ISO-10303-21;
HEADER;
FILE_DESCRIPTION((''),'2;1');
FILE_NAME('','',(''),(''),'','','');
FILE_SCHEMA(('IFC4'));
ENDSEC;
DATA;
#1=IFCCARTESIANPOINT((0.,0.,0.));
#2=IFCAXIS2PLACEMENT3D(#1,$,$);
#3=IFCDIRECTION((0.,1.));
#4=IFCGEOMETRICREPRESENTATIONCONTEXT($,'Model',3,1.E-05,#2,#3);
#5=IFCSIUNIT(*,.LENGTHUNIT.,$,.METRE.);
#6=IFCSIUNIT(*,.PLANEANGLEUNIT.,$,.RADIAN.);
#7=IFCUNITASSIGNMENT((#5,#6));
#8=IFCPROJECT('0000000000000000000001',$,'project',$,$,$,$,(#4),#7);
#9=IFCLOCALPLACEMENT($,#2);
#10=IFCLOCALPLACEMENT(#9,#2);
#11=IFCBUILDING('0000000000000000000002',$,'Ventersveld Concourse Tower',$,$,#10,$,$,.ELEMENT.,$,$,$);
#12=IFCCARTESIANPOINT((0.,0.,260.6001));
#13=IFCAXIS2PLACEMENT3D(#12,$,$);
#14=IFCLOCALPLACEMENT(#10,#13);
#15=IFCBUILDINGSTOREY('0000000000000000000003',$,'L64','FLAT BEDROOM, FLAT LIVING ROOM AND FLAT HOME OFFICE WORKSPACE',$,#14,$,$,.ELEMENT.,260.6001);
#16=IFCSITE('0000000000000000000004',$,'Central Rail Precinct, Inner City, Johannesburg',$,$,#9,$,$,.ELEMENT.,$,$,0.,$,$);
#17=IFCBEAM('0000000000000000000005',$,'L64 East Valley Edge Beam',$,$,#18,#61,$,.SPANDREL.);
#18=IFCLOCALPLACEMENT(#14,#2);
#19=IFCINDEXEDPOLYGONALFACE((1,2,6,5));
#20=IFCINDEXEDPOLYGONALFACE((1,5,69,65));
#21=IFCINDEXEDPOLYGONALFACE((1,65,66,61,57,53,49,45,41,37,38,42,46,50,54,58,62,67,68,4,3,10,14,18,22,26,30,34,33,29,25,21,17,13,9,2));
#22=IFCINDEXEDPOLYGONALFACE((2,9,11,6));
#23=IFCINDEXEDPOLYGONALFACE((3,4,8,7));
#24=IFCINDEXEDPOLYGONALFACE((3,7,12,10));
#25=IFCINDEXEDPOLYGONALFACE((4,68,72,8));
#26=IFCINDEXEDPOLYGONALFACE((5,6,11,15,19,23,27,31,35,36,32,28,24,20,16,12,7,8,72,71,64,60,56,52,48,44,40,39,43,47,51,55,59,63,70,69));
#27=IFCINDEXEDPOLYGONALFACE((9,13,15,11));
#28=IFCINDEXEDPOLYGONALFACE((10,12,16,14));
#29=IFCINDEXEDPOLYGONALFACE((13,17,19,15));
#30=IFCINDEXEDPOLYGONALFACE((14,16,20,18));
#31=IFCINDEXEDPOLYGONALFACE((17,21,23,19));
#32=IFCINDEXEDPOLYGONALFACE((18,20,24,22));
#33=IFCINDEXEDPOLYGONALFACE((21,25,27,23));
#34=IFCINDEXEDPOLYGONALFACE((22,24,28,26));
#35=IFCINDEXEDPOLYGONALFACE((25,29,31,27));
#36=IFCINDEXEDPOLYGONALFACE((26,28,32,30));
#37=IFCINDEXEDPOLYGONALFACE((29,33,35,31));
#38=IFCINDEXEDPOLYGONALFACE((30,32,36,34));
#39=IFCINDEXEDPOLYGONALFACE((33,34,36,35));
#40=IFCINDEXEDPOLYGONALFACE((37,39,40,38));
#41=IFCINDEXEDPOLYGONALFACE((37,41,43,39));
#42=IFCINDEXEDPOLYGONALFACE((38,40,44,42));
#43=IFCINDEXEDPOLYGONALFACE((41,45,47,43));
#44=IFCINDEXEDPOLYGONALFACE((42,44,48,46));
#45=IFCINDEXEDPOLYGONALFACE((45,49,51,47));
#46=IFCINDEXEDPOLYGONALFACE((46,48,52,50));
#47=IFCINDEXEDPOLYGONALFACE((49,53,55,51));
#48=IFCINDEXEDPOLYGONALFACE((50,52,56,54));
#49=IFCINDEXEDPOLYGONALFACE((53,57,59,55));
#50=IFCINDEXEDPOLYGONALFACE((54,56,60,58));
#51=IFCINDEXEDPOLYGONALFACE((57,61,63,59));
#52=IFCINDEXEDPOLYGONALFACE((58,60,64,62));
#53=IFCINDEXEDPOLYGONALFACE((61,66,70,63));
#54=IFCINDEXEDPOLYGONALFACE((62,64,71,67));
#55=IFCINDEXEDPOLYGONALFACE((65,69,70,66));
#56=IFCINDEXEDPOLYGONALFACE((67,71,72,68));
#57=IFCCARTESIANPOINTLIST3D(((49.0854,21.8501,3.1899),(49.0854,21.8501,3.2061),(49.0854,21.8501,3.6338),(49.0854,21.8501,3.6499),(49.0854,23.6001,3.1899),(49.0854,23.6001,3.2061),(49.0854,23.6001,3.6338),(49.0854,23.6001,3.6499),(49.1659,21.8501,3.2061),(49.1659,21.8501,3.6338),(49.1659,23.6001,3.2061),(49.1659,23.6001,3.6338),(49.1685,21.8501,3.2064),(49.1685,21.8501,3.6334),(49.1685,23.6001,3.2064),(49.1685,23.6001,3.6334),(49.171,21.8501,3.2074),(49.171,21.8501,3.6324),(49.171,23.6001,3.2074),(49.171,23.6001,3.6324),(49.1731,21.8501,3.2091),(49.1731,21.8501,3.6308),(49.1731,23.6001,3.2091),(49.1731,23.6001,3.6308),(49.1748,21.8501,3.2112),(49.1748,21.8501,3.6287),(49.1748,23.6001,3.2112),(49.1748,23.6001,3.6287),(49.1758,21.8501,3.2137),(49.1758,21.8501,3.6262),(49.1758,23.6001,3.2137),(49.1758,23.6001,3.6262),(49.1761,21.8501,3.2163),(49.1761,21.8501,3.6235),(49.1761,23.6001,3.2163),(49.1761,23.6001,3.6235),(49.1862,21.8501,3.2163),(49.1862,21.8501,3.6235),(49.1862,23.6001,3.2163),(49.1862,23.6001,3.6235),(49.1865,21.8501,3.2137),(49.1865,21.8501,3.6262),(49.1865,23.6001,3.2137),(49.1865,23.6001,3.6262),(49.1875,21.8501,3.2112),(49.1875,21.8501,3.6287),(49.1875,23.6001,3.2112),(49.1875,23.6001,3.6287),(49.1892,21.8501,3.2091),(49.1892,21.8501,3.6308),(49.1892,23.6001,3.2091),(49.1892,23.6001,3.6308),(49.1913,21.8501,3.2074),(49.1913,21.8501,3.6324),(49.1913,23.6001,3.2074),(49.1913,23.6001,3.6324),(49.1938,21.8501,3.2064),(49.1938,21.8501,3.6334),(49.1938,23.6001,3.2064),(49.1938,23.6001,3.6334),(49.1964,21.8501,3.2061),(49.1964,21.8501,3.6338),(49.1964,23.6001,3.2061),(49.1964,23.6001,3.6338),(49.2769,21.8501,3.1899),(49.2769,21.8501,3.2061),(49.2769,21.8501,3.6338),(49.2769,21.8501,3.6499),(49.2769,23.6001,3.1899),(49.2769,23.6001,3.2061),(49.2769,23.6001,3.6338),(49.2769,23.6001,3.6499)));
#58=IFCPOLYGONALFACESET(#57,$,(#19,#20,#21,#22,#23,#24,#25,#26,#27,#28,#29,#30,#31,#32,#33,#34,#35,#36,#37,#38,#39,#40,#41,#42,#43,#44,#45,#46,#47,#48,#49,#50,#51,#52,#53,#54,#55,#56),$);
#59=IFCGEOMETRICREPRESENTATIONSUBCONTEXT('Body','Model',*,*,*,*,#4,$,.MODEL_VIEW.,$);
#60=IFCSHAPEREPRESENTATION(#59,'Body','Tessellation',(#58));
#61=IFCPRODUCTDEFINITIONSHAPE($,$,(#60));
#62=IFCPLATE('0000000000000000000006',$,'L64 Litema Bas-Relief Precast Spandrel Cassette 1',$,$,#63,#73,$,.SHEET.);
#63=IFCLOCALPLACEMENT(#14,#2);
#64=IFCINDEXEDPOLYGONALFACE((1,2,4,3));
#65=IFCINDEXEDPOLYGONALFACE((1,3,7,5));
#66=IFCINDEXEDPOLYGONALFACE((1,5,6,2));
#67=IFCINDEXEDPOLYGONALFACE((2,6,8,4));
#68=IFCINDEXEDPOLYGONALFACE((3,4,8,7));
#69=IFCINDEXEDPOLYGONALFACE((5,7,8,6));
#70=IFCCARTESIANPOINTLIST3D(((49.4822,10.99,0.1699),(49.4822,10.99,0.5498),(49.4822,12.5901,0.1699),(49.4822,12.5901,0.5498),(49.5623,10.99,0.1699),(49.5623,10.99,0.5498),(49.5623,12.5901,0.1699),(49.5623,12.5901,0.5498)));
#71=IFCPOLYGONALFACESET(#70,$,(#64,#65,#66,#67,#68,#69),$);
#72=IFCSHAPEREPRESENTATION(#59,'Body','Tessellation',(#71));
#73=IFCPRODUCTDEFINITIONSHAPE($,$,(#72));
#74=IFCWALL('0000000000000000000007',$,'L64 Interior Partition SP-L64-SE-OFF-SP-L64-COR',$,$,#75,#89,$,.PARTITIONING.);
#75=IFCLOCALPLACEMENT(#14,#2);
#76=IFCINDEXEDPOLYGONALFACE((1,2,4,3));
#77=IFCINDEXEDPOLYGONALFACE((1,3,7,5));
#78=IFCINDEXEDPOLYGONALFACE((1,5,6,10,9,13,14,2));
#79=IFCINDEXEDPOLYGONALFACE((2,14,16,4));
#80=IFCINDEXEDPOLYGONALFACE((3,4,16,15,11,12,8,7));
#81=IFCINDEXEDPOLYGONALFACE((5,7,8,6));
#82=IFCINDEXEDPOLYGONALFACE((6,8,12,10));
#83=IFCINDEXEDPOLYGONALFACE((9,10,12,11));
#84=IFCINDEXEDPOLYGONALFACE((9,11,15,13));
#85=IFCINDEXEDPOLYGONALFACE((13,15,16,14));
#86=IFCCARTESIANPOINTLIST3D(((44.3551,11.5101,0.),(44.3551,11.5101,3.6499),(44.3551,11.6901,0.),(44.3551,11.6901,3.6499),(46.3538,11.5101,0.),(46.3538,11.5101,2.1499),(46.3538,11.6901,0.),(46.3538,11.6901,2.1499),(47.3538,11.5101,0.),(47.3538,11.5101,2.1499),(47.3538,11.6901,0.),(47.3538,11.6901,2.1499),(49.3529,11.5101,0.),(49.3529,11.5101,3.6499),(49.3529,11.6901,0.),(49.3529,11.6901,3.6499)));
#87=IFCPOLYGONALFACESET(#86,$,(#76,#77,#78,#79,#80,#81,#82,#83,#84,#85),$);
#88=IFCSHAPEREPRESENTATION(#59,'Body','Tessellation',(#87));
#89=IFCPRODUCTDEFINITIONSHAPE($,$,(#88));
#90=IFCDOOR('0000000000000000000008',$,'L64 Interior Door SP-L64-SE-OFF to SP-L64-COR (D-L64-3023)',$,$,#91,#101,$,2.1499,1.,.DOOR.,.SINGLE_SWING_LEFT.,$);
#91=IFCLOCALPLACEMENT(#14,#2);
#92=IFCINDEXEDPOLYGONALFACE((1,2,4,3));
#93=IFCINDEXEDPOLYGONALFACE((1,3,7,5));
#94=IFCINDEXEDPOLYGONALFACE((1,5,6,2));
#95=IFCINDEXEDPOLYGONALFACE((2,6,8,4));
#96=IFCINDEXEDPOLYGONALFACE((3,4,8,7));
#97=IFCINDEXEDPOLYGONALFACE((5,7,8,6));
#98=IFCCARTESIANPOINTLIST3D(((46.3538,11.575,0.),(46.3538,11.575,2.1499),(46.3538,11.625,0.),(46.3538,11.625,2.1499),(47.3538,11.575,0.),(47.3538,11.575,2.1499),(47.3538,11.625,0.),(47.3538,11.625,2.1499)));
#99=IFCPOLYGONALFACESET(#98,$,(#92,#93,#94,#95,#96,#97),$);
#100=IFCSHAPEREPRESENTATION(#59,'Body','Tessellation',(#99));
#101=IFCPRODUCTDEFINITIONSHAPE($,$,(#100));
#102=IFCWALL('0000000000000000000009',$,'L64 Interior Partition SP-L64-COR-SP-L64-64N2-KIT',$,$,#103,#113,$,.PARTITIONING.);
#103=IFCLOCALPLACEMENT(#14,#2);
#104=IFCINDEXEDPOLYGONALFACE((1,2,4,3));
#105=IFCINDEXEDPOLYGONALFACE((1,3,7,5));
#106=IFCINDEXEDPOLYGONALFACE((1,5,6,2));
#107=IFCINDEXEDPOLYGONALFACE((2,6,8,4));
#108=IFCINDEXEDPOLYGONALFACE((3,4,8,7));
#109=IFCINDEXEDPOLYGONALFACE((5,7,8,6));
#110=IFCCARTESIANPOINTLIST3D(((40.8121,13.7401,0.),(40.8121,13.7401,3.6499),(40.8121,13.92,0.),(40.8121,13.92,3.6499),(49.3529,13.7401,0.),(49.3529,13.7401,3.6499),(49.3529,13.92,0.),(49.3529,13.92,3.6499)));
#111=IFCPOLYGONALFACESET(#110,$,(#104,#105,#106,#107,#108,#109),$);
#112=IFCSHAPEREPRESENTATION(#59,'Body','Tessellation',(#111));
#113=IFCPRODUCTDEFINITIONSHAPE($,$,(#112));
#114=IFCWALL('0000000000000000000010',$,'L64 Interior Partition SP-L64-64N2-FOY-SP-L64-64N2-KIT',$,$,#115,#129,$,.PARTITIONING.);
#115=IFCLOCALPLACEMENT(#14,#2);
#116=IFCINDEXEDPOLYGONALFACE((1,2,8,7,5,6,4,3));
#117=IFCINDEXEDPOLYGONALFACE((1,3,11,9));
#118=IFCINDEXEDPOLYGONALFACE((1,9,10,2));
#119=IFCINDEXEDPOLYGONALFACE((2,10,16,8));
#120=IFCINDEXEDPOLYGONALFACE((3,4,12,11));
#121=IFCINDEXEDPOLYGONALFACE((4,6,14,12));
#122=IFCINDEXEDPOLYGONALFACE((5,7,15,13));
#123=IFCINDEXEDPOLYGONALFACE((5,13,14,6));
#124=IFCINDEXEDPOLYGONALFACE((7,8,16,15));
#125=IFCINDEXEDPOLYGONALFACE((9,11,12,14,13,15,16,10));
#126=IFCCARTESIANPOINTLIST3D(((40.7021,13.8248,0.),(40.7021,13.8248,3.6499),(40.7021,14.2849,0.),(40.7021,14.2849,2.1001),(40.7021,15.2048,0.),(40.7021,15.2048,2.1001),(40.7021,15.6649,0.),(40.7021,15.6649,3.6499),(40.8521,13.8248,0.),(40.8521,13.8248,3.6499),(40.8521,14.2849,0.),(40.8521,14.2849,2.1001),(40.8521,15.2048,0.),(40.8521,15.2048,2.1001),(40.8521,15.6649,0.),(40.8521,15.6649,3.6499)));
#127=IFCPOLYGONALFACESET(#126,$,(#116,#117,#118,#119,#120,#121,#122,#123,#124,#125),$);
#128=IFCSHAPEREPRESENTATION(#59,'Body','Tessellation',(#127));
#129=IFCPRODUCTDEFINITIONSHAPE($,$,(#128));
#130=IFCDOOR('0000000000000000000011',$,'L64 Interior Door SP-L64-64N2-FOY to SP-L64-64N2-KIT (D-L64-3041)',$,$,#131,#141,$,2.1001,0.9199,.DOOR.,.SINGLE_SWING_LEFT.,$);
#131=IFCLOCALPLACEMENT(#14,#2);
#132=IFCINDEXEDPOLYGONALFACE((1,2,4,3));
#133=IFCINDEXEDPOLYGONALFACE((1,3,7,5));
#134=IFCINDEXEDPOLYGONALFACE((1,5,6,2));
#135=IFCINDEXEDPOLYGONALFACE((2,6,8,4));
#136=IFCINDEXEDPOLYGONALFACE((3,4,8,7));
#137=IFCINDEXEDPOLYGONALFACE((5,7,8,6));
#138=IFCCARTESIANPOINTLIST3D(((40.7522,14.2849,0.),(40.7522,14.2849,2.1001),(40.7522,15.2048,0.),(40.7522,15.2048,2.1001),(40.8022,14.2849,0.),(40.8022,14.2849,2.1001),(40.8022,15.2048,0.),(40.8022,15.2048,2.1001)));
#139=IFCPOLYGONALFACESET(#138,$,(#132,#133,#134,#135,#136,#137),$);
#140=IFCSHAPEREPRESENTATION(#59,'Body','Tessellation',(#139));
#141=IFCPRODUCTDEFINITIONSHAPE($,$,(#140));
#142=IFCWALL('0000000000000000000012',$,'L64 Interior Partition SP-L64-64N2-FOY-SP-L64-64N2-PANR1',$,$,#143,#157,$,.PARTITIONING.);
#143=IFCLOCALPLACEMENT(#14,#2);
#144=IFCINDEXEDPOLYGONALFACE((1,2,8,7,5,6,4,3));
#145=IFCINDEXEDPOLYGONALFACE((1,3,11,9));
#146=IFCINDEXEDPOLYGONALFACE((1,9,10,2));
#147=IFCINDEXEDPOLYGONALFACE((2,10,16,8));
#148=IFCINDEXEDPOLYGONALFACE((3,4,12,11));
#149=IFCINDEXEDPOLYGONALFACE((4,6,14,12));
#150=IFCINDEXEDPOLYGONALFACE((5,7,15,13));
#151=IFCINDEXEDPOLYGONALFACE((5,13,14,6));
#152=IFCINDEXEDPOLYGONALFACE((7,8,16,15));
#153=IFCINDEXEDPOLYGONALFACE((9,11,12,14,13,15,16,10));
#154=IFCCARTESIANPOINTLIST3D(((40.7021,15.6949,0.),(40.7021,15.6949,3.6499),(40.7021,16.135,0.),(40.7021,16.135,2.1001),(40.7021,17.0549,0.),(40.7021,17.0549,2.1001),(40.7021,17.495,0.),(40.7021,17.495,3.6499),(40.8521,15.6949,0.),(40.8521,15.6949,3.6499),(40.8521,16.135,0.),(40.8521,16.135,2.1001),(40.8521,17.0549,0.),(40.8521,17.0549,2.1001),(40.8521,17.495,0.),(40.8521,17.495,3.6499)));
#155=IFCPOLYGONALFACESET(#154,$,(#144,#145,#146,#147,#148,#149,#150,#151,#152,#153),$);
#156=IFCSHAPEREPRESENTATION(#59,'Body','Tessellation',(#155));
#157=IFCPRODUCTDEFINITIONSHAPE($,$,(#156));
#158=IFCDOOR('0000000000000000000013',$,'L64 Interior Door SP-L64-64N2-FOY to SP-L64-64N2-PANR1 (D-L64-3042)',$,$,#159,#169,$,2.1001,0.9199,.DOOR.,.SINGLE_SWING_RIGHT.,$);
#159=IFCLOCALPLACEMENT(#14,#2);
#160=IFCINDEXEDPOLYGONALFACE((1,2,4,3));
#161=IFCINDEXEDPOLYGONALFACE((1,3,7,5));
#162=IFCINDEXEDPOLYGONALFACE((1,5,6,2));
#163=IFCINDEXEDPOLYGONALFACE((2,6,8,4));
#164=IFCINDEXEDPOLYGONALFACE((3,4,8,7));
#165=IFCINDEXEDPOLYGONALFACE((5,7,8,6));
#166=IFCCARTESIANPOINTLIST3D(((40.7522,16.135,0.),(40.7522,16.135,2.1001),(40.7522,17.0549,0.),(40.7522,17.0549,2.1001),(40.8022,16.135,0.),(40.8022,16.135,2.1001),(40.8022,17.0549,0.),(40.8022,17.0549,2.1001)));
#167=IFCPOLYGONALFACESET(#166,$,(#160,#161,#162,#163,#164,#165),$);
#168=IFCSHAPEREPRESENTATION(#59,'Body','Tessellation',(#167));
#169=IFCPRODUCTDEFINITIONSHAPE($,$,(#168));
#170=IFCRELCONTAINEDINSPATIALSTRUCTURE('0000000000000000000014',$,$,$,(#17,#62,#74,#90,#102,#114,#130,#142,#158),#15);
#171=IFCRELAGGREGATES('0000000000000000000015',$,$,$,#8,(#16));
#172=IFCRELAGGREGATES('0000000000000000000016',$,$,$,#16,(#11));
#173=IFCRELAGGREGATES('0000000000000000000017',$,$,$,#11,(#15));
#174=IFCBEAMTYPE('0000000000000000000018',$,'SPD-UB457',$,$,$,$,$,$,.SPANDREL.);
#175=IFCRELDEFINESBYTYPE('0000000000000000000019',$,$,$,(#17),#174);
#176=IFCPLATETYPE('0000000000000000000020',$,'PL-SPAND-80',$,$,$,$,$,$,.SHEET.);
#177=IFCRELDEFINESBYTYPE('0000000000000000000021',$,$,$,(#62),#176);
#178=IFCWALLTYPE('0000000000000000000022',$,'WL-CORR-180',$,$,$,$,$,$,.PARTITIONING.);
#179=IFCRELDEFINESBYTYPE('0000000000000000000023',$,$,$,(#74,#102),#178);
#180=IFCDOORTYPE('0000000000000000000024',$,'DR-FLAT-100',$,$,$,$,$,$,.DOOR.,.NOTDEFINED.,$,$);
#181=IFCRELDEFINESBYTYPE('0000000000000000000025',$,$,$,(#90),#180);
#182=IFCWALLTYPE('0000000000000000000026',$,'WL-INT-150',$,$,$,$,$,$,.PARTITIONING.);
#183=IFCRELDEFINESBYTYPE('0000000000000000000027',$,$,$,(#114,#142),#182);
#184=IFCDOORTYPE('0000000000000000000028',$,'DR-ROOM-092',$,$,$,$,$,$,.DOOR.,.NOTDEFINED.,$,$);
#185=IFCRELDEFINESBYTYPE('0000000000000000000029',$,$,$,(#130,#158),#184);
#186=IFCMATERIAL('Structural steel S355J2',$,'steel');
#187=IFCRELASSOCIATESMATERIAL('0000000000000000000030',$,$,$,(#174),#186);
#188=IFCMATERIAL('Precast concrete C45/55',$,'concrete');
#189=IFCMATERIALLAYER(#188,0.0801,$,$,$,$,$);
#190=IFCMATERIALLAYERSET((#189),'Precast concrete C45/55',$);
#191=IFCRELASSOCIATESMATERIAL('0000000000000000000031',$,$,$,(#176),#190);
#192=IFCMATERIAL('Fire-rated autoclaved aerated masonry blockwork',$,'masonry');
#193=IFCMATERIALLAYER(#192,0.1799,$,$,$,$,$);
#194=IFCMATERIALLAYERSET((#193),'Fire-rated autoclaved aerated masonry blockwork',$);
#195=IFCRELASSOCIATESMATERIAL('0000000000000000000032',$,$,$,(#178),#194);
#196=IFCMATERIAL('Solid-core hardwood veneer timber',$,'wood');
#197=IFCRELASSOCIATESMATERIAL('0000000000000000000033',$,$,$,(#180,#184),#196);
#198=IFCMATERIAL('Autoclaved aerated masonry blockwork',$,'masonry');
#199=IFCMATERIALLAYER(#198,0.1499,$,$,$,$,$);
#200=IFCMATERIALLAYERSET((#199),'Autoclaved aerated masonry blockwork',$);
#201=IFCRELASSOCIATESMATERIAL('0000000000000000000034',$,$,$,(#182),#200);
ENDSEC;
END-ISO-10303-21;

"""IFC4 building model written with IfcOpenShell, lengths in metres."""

from ifc_helpers import new_model, si_unit, direction, frame, frame_2d, origin, origin_2d, place, context, subcontext, project, spatial, rectangle, i_section, extrude, material, layer, layer_set, material_profile, profile_set, type_object, element, fill, save


model = new_model("IFC4")

# Units and contexts
model_context = context("Model", 3, precision=1e-05, world=origin(), true_north=direction((0.0, 1.0)))
body_context = subcontext(model_context, "Body", "Model", "MODEL_VIEW")
ifc_project = project(units=[si_unit("LENGTHUNIT", "METRE"), si_unit("PLANEANGLEUNIT", "RADIAN")], contexts=[model_context])

# Site, building, storey
site_placement = place(None, origin())
site = spatial("IfcSite", under=ifc_project, at=site_placement, Name="Central Rail Precinct, Inner City, Johannesburg", CompositionType="ELEMENT", RefElevation=0.0)
building_placement = place(site_placement, origin())
building = spatial("IfcBuilding", under=site, at=building_placement, Name="Ventersveld Concourse Tower", CompositionType="ELEMENT")
storey_placement = place(building_placement, frame((0.0, 0.0, 260.6001)))
storey = spatial("IfcBuildingStorey", under=building, at=storey_placement, Name="L64", Description="FLAT BEDROOM, FLAT LIVING ROOM AND FLAT HOME OFFICE WORKSPACE", CompositionType="ELEMENT", Elevation=260.6001)

# Beam
ifc_material_1 = material(Name="Structural steel S355J2", Category="steel")
ifc_material_profile = material_profile(ifc_material_1, i_section(OverallWidth=0.1914, OverallDepth=0.46, WebThickness=0.01, FlangeThickness=0.0161, FilletRadius=0.0103, at=origin_2d()), Name="UB 457x191x82")
ifc_profile_set = profile_set([ifc_material_profile], Name="Structural steel S355J2")
beam_type = type_object("IfcBeamType", Name="SPD-UB457", PredefinedType="SPANDREL", material=ifc_profile_set)
beam_placement = place(storey_placement, frame((49.1812, 21.8501, 3.4199), z_axis=(0.0, 1.0, 0.0), x_axis=(-1.0, 0.0, 0.0)))
element("IfcBeam", 1, at=beam_placement, inside=storey, type_object=beam_type, Name="L64 East Valley Edge Beam", PredefinedType="SPANDREL", context=body_context, shape_type="SweptSolid", body=[
    extrude(i_section(OverallWidth=0.1914, OverallDepth=0.46, WebThickness=0.01, FlangeThickness=0.0161, FilletRadius=0.0103, at=origin_2d()), origin(), (0.0, 0.0, 1.0), 1.75),
])

# Plate
ifc_material_2 = material(Name="Precast concrete C45/55", Category="concrete")
ifc_layer_1 = layer(ifc_material_2, 0.0801)
ifc_layer_set_1 = layer_set([ifc_layer_1], Name="Precast concrete C45/55")
plate_type = type_object("IfcPlateType", Name="PL-SPAND-80", PredefinedType="SHEET", material=ifc_layer_set_1)
plate_placement = place(storey_placement, frame((49.5222, 11.79, 0.1699), z_axis=(0.0, 0.0, 1.0), x_axis=(0.0, 1.0, 0.0)))
element("IfcPlate", 2, at=plate_placement, inside=storey, type_object=plate_type, Name="L64 Litema Bas-Relief Precast Spandrel Cassette 1", PredefinedType="SHEET", context=body_context, shape_type="SweptSolid", body=[
    extrude(rectangle(XDim=1.6001, YDim=0.0801, at=origin_2d()), origin(), (0.0, 0.0, 1.0), 0.3799),
])

# Wall, opening, door
ifc_material_3 = material(Name="Fire-rated autoclaved aerated masonry blockwork", Category="masonry")
ifc_layer_2 = layer(ifc_material_3, 0.1799)
ifc_layer_set_2 = layer_set([ifc_layer_2], Name="Fire-rated autoclaved aerated masonry blockwork")
wall_type_1 = type_object("IfcWallType", Name="WL-CORR-180", PredefinedType="PARTITIONING", material=ifc_layer_set_2)
wall_1_placement = place(storey_placement, frame((44.355, 11.6001, 0.0), z_axis=(0.0, 0.0, 1.0), x_axis=(1.0, 0.0, 0.0)))
wall_1 = element("IfcWall", 3, at=wall_1_placement, inside=storey, type_object=wall_type_1, Name="L64 Interior Partition SP-L64-SE-OFF-SP-L64-COR", PredefinedType="PARTITIONING", context=body_context, shape_type="SweptSolid", body=[
    extrude(rectangle(XDim=4.9978, YDim=0.1799, at=frame_2d((2.499, 0.0))), origin(), (0.0, 0.0, 1.0), 3.6499),
])
opening_1_placement = place(wall_1_placement, frame((1.9988, 0.0, 0.0)))
opening_1 = element("IfcOpeningElement", 4, at=opening_1_placement, cuts=wall_1, PredefinedType="OPENING", context=body_context, shape_type="SweptSolid", body=[
    extrude(rectangle(XDim=1.0, YDim=2.1499, at=frame_2d((0.5, 1.075))), frame((0.0, 0.1001, 0.0), z_axis=(0.0, -1.0, 0.0), x_axis=(1.0, 0.0, 0.0)), (0.0, 0.0, 1.0), 0.2),
])
ifc_material_4 = material(Name="Solid-core hardwood veneer timber", Category="wood")
door_type_1 = type_object("IfcDoorType", Name="DR-FLAT-100", OperationType="NOTDEFINED", PredefinedType="DOOR", material=ifc_material_4)
door_1_placement = place(opening_1_placement, origin())
door_1 = element("IfcDoor", 5, at=door_1_placement, inside=storey, type_object=door_type_1, Name="L64 Interior Door SP-L64-SE-OFF to SP-L64-COR (D-L64-3023)", OperationType="SINGLE_SWING_LEFT", OverallHeight=2.1499, OverallWidth=1.0, PredefinedType="DOOR", context=body_context, shape_type="SweptSolid", body=[
    extrude(rectangle(XDim=1.0, YDim=2.1499, at=frame_2d((0.5, 1.075))), frame((0.0, 0.0249, 0.0), z_axis=(0.0, -1.0, 0.0), x_axis=(1.0, 0.0, 0.0)), (0.0, 0.0, 1.0), 0.05),
])
fill(opening_1, door_1)

# Wall
wall_2_placement = place(storey_placement, frame((40.812, 13.8301, 0.0), z_axis=(0.0, 0.0, 1.0), x_axis=(1.0, 0.0, 0.0)))
element("IfcWall", 6, at=wall_2_placement, inside=storey, type_object=wall_type_1, Name="L64 Interior Partition SP-L64-COR-SP-L64-64N2-KIT", PredefinedType="PARTITIONING", context=body_context, shape_type="SweptSolid", body=[
    extrude(rectangle(XDim=8.5408, YDim=0.1799, at=frame_2d((4.2705, 0.0))), origin(), (0.0, 0.0, 1.0), 3.6499),
])

# Walls, openings, doors
ifc_material_5 = material(Name="Autoclaved aerated masonry blockwork", Category="masonry")
ifc_layer_3 = layer(ifc_material_5, 0.1499)
ifc_layer_set_3 = layer_set([ifc_layer_3], Name="Autoclaved aerated masonry blockwork")
wall_type_2 = type_object("IfcWallType", Name="WL-INT-150", PredefinedType="PARTITIONING", material=ifc_layer_set_3)
wall_3_placement = place(storey_placement, frame((40.7771, 13.825, 0.0), z_axis=(0.0, 0.0, 1.0), x_axis=(0.0, 1.0, 0.0)))
wall_3 = element("IfcWall", 7, at=wall_3_placement, inside=storey, type_object=wall_type_2, Name="L64 Interior Partition SP-L64-64N2-FOY-SP-L64-64N2-KIT", PredefinedType="PARTITIONING", context=body_context, shape_type="SweptSolid", body=[
    extrude(rectangle(XDim=1.8401, YDim=0.1499, at=frame_2d((0.9199, 0.0))), origin(), (0.0, 0.0, 1.0), 3.6499),
])
opening_2_placement = place(wall_3_placement, frame((0.46, 0.0, 0.0)))
opening_2 = element("IfcOpeningElement", 8, at=opening_2_placement, cuts=wall_3, PredefinedType="OPENING", context=body_context, shape_type="SweptSolid", body=[
    extrude(rectangle(XDim=0.9199, YDim=2.1001, at=frame_2d((0.46, 1.05))), frame((0.0, 0.085, 0.0), z_axis=(0.0, -1.0, 0.0), x_axis=(1.0, 0.0, 0.0)), (0.0, 0.0, 1.0), 0.1699),
])
door_type_2 = type_object("IfcDoorType", Name="DR-ROOM-092", OperationType="NOTDEFINED", PredefinedType="DOOR", material=ifc_material_4)
door_2_placement = place(opening_2_placement, origin())
door_2 = element("IfcDoor", 9, at=door_2_placement, inside=storey, type_object=door_type_2, Name="L64 Interior Door SP-L64-64N2-FOY to SP-L64-64N2-KIT (D-L64-3041)", OperationType="SINGLE_SWING_LEFT", OverallHeight=2.1001, OverallWidth=0.9199, PredefinedType="DOOR", context=body_context, shape_type="SweptSolid", body=[
    extrude(rectangle(XDim=0.9199, YDim=2.1001, at=frame_2d((0.46, 1.05))), frame((0.0, 0.0249, 0.0), z_axis=(0.0, -1.0, 0.0), x_axis=(1.0, 0.0, 0.0)), (0.0, 0.0, 1.0), 0.05),
])
fill(opening_2, door_2)
wall_4_placement = place(storey_placement, frame((40.7771, 15.6951, 0.0), z_axis=(0.0, 0.0, 1.0), x_axis=(0.0, 1.0, 0.0)))
wall_4 = element("IfcWall", 10, at=wall_4_placement, inside=storey, type_object=wall_type_2, Name="L64 Interior Partition SP-L64-64N2-FOY-SP-L64-64N2-PANR1", PredefinedType="PARTITIONING", context=body_context, shape_type="SweptSolid", body=[
    extrude(rectangle(XDim=1.8, YDim=0.1499, at=frame_2d((0.8999, 0.0))), origin(), (0.0, 0.0, 1.0), 3.6499),
])
opening_3_placement = place(wall_4_placement, frame((0.4399, 0.0, 0.0)))
opening_3 = element("IfcOpeningElement", 11, at=opening_3_placement, cuts=wall_4, PredefinedType="OPENING", context=body_context, shape_type="SweptSolid", body=[
    extrude(rectangle(XDim=0.9199, YDim=2.1001, at=frame_2d((0.46, 1.05))), frame((0.0, 0.085, 0.0), z_axis=(0.0, -1.0, 0.0), x_axis=(1.0, 0.0, 0.0)), (0.0, 0.0, 1.0), 0.1699),
])
door_3_placement = place(opening_3_placement, origin())
door_3 = element("IfcDoor", 12, at=door_3_placement, inside=storey, type_object=door_type_2, Name="L64 Interior Door SP-L64-64N2-FOY to SP-L64-64N2-PANR1 (D-L64-3042)", OperationType="SINGLE_SWING_RIGHT", OverallHeight=2.1001, OverallWidth=0.9199, PredefinedType="DOOR", context=body_context, shape_type="SweptSolid", body=[
    extrude(rectangle(XDim=0.9199, YDim=2.1001, at=frame_2d((0.46, 1.05))), frame((0.0, 0.0249, 0.0), z_axis=(0.0, -1.0, 0.0), x_axis=(1.0, 0.0, 0.0)), (0.0, 0.0, 1.0), 0.05),
])
fill(opening_3, door_3)

save(model, "model.ifc")
